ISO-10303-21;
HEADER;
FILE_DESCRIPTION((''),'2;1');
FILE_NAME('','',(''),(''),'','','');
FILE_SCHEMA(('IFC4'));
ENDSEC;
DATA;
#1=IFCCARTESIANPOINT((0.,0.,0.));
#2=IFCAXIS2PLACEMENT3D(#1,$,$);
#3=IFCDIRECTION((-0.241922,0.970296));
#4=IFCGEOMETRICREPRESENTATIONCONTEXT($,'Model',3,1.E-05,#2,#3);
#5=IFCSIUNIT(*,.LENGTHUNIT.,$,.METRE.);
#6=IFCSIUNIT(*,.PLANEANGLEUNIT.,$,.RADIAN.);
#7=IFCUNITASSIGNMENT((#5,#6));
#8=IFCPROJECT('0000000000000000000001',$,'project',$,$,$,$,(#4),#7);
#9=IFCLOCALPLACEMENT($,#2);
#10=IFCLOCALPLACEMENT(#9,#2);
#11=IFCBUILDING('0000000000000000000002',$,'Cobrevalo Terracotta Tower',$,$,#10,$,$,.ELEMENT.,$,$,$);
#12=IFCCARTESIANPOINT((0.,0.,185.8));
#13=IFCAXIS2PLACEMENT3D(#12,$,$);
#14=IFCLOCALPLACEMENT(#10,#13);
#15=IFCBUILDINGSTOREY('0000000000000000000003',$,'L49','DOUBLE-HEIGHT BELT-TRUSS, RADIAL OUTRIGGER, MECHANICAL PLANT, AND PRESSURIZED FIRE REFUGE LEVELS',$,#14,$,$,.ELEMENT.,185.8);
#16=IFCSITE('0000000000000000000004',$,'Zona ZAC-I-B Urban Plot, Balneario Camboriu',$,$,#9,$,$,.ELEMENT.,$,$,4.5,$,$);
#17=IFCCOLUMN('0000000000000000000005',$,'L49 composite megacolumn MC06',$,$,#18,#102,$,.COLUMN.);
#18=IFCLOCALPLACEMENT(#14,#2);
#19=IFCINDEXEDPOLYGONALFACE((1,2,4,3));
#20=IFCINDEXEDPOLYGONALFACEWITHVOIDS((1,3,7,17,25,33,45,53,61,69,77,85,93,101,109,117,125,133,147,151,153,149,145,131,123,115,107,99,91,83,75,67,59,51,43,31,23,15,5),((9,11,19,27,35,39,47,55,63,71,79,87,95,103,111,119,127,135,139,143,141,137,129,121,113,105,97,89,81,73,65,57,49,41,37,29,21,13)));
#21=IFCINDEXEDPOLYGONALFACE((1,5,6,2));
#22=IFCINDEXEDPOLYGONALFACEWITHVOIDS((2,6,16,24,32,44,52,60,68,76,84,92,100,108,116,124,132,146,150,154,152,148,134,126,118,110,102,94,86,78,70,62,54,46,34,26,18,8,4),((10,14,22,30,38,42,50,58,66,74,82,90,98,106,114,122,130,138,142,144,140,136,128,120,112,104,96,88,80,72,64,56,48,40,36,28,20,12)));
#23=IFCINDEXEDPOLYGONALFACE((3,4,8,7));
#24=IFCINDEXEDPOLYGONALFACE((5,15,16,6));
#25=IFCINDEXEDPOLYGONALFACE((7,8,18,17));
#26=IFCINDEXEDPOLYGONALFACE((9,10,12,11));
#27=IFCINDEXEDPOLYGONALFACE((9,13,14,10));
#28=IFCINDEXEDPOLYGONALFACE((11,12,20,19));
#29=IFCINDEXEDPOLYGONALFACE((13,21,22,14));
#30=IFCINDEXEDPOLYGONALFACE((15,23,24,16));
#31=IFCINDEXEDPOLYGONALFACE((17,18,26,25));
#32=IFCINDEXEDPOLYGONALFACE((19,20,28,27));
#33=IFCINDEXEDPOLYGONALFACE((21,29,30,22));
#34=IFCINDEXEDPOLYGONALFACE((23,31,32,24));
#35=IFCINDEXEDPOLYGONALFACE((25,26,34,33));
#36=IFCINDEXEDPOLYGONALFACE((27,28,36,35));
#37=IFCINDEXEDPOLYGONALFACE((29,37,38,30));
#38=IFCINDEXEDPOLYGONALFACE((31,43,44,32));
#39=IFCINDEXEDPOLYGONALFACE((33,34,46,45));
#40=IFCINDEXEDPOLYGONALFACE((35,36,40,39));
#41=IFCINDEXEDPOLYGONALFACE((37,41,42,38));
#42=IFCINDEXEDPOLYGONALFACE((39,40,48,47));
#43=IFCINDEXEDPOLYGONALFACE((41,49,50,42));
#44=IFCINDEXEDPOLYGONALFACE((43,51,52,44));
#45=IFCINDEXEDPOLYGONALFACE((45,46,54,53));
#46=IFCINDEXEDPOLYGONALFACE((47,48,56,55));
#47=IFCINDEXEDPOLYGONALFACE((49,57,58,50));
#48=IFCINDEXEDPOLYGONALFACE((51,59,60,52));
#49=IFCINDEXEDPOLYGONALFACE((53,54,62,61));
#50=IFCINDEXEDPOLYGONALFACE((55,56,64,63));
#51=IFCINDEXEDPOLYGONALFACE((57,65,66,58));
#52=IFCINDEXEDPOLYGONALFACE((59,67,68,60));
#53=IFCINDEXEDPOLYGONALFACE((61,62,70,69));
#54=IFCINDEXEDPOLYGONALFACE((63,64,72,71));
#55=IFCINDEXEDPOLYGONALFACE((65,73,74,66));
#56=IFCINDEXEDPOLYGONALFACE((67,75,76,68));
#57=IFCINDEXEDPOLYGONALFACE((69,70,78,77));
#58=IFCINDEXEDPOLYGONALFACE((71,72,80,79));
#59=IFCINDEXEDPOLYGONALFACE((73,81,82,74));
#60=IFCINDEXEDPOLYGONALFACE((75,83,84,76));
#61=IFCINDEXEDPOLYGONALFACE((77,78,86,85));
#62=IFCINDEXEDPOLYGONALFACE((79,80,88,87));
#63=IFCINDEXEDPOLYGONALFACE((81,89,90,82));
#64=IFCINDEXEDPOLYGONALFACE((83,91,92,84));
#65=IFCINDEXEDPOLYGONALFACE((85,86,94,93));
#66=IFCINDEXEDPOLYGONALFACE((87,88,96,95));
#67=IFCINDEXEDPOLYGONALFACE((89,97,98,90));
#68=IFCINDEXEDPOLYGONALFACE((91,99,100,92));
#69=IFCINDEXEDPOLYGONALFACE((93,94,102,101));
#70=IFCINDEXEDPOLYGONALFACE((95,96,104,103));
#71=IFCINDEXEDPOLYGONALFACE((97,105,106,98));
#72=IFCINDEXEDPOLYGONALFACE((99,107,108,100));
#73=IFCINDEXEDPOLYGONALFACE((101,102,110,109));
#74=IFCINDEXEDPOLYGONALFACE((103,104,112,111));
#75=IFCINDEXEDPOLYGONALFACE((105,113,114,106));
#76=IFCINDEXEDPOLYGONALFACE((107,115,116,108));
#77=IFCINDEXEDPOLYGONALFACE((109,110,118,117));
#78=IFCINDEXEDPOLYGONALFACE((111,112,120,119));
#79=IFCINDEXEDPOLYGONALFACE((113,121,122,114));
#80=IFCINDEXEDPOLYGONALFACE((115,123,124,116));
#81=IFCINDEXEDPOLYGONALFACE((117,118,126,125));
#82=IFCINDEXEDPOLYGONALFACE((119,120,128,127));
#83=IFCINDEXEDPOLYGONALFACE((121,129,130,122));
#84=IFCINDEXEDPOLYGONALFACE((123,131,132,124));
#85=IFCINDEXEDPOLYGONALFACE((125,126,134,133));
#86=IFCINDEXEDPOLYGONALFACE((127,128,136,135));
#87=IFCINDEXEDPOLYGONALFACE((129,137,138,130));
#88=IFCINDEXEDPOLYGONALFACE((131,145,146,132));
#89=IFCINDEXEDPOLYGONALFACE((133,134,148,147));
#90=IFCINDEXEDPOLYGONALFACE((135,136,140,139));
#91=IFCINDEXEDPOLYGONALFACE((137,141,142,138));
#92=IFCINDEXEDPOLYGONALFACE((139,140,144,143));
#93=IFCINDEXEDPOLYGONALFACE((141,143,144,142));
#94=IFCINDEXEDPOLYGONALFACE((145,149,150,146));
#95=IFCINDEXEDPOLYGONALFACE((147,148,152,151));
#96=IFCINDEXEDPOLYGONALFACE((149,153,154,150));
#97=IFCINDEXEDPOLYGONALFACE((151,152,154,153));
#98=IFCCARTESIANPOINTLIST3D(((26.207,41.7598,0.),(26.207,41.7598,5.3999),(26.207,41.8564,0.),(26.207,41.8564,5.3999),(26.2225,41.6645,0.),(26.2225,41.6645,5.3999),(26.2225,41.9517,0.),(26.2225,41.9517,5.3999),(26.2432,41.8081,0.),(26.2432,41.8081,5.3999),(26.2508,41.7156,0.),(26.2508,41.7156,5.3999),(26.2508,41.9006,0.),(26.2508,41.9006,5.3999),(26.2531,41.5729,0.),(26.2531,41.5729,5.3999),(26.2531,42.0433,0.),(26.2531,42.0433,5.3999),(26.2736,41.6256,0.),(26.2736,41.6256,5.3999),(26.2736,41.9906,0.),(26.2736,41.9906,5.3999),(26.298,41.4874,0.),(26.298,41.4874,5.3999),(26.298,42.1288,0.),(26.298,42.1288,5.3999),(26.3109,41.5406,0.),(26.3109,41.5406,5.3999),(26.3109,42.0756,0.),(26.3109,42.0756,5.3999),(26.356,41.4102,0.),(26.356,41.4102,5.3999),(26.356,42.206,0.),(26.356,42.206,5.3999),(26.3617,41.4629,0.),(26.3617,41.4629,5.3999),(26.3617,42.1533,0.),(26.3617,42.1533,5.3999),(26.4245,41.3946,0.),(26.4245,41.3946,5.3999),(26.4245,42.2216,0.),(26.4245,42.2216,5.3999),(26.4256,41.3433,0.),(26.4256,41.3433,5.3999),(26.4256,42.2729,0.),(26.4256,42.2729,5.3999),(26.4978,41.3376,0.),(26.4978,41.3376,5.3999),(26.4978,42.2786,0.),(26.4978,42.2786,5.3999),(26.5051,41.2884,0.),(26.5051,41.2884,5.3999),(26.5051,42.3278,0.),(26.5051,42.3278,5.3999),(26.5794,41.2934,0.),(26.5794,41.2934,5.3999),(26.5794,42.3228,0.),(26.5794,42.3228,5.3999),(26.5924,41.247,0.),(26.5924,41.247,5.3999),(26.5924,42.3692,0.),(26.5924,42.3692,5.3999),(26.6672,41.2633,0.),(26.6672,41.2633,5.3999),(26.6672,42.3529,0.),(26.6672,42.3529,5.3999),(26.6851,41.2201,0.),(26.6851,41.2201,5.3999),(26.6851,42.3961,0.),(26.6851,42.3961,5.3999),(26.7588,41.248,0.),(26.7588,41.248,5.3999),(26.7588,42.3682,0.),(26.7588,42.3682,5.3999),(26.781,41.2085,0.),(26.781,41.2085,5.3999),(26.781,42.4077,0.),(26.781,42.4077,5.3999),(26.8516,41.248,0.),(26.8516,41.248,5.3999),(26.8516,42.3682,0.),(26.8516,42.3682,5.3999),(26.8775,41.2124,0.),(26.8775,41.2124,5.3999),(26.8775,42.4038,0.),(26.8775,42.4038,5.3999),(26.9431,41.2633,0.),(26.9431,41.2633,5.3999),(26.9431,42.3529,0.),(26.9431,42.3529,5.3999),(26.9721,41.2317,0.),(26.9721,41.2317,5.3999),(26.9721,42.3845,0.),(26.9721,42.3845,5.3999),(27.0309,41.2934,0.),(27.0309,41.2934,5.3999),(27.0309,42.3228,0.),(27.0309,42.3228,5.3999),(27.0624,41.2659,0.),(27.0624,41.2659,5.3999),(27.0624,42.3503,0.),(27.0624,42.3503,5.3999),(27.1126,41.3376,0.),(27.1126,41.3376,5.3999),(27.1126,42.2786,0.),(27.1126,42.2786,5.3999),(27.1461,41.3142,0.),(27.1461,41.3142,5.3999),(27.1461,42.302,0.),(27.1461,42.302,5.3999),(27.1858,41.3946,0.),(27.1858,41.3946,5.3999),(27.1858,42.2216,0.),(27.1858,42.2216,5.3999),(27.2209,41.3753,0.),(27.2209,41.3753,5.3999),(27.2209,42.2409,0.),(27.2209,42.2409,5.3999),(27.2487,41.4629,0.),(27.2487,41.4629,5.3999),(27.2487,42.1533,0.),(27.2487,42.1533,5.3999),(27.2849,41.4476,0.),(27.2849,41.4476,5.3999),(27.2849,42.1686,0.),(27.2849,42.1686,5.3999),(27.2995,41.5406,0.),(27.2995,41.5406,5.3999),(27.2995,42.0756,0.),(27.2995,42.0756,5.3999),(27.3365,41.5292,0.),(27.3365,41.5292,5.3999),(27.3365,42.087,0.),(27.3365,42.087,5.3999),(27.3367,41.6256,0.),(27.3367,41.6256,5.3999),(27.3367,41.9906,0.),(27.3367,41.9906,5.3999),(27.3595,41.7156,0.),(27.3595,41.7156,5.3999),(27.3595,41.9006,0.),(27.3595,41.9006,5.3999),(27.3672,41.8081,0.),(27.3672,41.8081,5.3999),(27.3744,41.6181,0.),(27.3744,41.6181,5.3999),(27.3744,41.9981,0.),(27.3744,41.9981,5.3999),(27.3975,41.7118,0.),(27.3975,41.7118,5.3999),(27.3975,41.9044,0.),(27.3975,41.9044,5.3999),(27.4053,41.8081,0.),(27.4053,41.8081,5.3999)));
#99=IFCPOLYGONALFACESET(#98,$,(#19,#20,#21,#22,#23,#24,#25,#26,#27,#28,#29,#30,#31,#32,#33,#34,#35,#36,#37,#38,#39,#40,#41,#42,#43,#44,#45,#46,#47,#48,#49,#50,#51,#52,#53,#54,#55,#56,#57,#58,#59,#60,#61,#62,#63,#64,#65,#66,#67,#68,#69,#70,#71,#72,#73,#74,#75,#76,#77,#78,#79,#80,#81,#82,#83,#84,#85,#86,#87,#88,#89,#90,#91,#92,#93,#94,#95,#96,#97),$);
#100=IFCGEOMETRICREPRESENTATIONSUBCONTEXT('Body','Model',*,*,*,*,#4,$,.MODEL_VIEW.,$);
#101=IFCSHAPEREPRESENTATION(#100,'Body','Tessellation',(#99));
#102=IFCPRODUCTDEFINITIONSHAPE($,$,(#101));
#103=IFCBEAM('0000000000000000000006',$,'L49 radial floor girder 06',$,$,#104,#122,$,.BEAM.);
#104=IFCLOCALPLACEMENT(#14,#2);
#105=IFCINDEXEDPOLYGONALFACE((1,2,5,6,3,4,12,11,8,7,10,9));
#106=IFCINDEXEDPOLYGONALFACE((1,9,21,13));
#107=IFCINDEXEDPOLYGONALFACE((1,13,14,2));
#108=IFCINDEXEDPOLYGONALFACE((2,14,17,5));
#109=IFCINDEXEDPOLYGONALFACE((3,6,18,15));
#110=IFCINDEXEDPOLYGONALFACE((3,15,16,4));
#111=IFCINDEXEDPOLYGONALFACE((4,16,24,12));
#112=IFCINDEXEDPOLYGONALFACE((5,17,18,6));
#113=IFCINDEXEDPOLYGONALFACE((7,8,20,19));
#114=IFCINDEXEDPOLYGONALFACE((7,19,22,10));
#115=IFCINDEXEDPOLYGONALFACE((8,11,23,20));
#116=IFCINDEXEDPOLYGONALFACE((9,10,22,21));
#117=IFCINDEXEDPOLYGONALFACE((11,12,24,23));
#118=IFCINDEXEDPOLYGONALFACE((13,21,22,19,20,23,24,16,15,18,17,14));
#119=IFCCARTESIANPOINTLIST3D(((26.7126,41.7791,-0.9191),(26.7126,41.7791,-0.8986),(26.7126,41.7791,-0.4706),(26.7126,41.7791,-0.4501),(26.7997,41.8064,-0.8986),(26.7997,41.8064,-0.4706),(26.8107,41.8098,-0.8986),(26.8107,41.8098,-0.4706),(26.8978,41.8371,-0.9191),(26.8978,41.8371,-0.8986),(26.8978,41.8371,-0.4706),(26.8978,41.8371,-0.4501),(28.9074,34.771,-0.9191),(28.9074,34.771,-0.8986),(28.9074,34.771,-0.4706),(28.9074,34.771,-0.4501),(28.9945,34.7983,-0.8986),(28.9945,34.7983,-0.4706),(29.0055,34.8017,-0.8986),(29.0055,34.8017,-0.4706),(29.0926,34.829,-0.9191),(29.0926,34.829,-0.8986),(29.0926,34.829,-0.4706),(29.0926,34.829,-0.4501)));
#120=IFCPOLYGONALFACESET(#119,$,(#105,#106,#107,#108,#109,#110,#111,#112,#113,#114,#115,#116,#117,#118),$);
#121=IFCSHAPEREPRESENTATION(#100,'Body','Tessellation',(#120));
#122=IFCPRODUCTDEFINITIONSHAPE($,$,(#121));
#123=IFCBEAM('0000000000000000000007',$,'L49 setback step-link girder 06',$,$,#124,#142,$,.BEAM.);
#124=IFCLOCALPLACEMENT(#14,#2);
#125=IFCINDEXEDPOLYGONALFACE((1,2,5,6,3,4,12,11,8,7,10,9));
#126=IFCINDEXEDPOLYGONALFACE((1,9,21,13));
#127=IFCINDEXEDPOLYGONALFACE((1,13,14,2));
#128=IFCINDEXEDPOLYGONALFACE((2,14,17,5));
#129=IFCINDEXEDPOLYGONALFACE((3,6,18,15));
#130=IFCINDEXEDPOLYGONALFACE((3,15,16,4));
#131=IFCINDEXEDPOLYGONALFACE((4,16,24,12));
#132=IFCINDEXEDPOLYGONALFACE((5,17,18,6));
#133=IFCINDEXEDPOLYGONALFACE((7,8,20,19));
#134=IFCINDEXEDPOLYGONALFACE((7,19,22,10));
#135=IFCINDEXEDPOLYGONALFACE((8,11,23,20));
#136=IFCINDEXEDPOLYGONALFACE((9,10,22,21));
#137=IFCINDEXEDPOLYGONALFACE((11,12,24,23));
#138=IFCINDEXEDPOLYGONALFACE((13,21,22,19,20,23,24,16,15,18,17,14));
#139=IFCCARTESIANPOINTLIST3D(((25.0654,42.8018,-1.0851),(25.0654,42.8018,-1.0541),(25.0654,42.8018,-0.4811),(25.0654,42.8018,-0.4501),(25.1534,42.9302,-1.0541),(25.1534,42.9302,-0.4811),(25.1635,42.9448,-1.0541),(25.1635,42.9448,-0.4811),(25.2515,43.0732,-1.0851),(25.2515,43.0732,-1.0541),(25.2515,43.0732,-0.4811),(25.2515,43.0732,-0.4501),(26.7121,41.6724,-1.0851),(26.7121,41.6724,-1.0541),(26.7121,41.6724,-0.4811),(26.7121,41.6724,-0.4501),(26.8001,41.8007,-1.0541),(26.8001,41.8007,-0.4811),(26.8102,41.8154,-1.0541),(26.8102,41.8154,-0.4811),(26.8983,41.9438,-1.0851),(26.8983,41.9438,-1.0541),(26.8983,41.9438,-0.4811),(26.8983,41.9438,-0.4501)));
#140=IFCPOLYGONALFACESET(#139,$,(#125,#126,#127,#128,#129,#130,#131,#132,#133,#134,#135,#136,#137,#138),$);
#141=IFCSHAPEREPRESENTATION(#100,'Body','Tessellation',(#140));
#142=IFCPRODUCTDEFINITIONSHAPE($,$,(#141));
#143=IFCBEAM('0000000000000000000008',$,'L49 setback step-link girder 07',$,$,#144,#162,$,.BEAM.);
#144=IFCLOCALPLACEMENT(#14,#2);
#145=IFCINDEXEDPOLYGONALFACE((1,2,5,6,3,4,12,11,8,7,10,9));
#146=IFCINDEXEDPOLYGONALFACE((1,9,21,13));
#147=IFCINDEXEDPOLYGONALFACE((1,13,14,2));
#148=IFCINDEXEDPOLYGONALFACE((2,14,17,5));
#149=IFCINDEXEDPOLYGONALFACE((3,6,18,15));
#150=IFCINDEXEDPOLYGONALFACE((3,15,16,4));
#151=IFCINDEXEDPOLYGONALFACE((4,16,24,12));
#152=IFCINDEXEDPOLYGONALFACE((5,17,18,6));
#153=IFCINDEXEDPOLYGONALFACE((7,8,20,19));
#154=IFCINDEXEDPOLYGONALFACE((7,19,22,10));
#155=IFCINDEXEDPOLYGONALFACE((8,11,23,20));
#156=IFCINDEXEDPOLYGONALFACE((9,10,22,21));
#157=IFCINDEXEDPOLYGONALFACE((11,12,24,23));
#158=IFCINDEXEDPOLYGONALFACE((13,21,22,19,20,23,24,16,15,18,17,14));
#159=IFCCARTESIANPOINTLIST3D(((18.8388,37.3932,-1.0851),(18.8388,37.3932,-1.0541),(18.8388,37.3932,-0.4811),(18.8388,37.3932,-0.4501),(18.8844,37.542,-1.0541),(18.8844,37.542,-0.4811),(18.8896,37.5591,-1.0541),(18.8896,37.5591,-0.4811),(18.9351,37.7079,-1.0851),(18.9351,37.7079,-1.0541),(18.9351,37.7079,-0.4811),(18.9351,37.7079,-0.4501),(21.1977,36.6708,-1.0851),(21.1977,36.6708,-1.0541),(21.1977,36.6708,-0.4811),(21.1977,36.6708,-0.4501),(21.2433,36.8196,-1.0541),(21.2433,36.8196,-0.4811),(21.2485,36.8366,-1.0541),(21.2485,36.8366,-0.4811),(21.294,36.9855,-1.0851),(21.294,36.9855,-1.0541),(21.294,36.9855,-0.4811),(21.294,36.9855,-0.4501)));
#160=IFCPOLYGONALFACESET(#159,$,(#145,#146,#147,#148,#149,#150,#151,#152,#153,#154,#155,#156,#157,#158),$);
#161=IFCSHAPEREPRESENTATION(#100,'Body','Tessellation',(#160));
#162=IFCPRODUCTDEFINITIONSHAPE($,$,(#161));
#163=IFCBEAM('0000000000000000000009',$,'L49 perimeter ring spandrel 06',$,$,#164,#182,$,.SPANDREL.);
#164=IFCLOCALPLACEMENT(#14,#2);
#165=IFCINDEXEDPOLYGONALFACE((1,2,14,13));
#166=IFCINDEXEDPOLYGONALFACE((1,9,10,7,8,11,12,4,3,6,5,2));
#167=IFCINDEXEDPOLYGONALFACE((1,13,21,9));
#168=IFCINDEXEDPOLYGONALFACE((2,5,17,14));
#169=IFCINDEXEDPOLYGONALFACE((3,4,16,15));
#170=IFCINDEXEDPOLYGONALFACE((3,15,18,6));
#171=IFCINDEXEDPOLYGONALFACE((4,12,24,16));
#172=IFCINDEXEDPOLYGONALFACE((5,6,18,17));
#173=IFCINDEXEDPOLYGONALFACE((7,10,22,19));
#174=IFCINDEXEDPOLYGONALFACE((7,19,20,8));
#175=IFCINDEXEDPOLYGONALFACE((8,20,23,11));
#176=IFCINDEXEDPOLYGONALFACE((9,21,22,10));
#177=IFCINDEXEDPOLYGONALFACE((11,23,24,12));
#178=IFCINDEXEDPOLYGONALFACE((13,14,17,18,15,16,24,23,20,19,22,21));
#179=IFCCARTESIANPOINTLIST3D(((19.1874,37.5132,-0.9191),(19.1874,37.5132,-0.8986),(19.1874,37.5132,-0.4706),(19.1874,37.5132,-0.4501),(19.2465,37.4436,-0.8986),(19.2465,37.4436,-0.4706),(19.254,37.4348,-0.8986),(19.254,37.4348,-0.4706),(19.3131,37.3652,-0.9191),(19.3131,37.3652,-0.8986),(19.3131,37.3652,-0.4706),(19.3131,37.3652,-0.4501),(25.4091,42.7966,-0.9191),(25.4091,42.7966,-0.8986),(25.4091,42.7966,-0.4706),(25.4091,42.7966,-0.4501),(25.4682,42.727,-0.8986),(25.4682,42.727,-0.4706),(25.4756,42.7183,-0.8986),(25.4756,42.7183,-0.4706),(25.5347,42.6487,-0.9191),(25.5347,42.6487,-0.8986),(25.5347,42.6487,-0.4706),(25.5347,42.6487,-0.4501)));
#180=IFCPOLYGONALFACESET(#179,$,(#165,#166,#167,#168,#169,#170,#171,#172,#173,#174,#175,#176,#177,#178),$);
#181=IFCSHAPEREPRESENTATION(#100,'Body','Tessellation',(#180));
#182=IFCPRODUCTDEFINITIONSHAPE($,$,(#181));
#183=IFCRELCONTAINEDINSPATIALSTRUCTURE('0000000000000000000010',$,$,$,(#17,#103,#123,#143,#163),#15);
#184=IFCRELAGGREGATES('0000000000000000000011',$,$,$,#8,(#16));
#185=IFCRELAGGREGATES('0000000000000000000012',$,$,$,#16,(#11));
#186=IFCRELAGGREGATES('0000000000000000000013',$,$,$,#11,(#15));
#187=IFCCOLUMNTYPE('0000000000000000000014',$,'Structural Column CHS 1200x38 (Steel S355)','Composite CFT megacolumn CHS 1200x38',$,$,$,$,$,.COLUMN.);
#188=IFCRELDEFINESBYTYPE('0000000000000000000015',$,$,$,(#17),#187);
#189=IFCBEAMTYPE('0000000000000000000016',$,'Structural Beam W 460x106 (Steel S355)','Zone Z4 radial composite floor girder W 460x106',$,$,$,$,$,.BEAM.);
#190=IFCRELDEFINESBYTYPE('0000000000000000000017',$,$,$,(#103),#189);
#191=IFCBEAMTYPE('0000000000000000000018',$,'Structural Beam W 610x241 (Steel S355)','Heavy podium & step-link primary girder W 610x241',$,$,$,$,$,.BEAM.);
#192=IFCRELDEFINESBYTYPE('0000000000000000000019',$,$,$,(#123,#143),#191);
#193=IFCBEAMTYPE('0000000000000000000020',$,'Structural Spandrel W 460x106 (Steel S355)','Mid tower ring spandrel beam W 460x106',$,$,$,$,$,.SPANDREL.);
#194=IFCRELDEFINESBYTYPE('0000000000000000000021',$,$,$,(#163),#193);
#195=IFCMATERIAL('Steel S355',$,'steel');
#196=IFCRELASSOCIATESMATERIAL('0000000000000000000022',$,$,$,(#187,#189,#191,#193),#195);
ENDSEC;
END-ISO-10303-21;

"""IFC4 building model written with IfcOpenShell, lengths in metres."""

from ifc_helpers import new_model, si_unit, direction, frame, origin, origin_2d, place, context, subcontext, project, spatial, hollow_circle, i_section, extrude, material, material_profile, profile_set, type_object, element, save


model = new_model("IFC4")

# Units and contexts
model_context = context("Model", 3, precision=1e-05, world=origin(), true_north=direction((-0.241922, 0.970296)))
body_context = subcontext(model_context, "Body", "Model", "MODEL_VIEW")
ifc_project = project(units=[si_unit("LENGTHUNIT", "METRE"), si_unit("PLANEANGLEUNIT", "RADIAN")], contexts=[model_context])

# Site, building, storey
site_placement = place(None, origin())
site = spatial("IfcSite", under=ifc_project, at=site_placement, Name="Zona ZAC-I-B Urban Plot, Balneario Camboriu", CompositionType="ELEMENT", RefElevation=4.5)
building_placement = place(site_placement, origin())
building = spatial("IfcBuilding", under=site, at=building_placement, Name="Cobrevalo Terracotta Tower", CompositionType="ELEMENT")
storey_placement = place(building_placement, frame((0.0, 0.0, 185.8)))
storey = spatial("IfcBuildingStorey", under=building, at=storey_placement, Name="L49", Description="DOUBLE-HEIGHT BELT-TRUSS, RADIAL OUTRIGGER, MECHANICAL PLANT, AND PRESSURIZED FIRE REFUGE LEVELS", CompositionType="ELEMENT", Elevation=185.8)

# Column
ifc_material_1 = material(Name="Steel S355", Category="steel")
ifc_material_profile_1 = material_profile(ifc_material_1, hollow_circle(Radius=0.6001, WallThickness=0.0381, at=origin_2d()), Name="CHS 1200x38")
ifc_profile_set_1 = profile_set([ifc_material_profile_1], Name="Steel S355")
column_type = type_object("IfcColumnType", Name="Structural Column CHS 1200x38 (Steel S355)", Description="Composite CFT megacolumn CHS 1200x38", PredefinedType="COLUMN", material=ifc_profile_set_1)
column_placement = place(storey_placement, frame((26.8052, 41.8081, 0.0), z_axis=(0.0, 0.0, 1.0), x_axis=(1.0, 0.0, 0.0)))
element("IfcColumn", 1, at=column_placement, inside=storey, type_object=column_type, Name="L49 composite megacolumn MC06", PredefinedType="COLUMN", context=body_context, shape_type="SweptSolid", body=[
    extrude(hollow_circle(Radius=0.6001, WallThickness=0.0381, at=origin_2d()), origin(), (0.0, 0.0, 1.0), 5.3999),
])

# Beams
ifc_material_profile_2 = material_profile(ifc_material_1, i_section(OverallWidth=0.1941, OverallDepth=0.469, WebThickness=0.0115, FlangeThickness=0.0205, at=origin_2d()), Name="W 460x106")
ifc_profile_set_2 = profile_set([ifc_material_profile_2], Name="Steel S355")
beam_type_1 = type_object("IfcBeamType", Name="Structural Beam W 460x106 (Steel S355)", Description="Zone Z4 radial composite floor girder W 460x106", PredefinedType="BEAM", material=ifc_profile_set_2)
beam_1_placement = place(storey_placement, frame((26.8052, 41.8081, -0.6846), z_axis=(0.298871, -0.954293, 0.0), x_axis=(0.954293, 0.298871, 0.0)))
element("IfcBeam", 2, at=beam_1_placement, inside=storey, type_object=beam_type_1, Name="L49 radial floor girder 06", PredefinedType="BEAM", context=body_context, shape_type="SweptSolid", body=[
    extrude(i_section(OverallWidth=0.1941, OverallDepth=0.469, WebThickness=0.0115, FlangeThickness=0.0205, at=origin_2d()), origin(), (0.0, 0.0, 1.0), 7.3438),
])
ifc_material_profile_3 = material_profile(ifc_material_1, i_section(OverallWidth=0.3291, OverallDepth=0.635, WebThickness=0.0178, FlangeThickness=0.031, at=origin_2d()), Name="W 610x241")
ifc_profile_set_3 = profile_set([ifc_material_profile_3], Name="Steel S355")
beam_type_2 = type_object("IfcBeamType", Name="Structural Beam W 610x241 (Steel S355)", Description="Heavy podium & step-link primary girder W 610x241", PredefinedType="BEAM", material=ifc_profile_set_3)
beam_2_placement = place(storey_placement, frame((25.1584, 42.9375, -0.7676), z_axis=(0.82468, -0.5656, 0.0), x_axis=(0.5656, 0.82468, 0.0)))
element("IfcBeam", 3, at=beam_2_placement, inside=storey, type_object=beam_type_2, Name="L49 setback step-link girder 06", PredefinedType="BEAM", context=body_context, shape_type="SweptSolid", body=[
    extrude(i_section(OverallWidth=0.3291, OverallDepth=0.635, WebThickness=0.0178, FlangeThickness=0.031, at=origin_2d()), origin(), (0.0, 0.0, 1.0), 1.9968),
])
beam_3_placement = place(storey_placement, frame((18.887, 37.5505, -0.7676), z_axis=(0.956165, -0.292827, 0.0), x_axis=(0.292827, 0.956165, 0.0)))
element("IfcBeam", 4, at=beam_3_placement, inside=storey, type_object=beam_type_2, Name="L49 setback step-link girder 07", PredefinedType="BEAM", context=body_context, shape_type="SweptSolid", body=[
    extrude(i_section(OverallWidth=0.3291, OverallDepth=0.635, WebThickness=0.0178, FlangeThickness=0.031, at=origin_2d()), origin(), (0.0, 0.0, 1.0), 2.467),
])
ifc_material_profile_4 = material_profile(ifc_material_1, i_section(OverallWidth=0.1941, OverallDepth=0.469, WebThickness=0.0115, FlangeThickness=0.0205, at=origin_2d()), Name="W 460x106")
ifc_profile_set_4 = profile_set([ifc_material_profile_4], Name="Steel S355")
beam_type_3 = type_object("IfcBeamType", Name="Structural Spandrel W 460x106 (Steel S355)", Description="Mid tower ring spandrel beam W 460x106", PredefinedType="SPANDREL", material=ifc_profile_set_4)
beam_4_placement = place(storey_placement, frame((25.4719, 42.7227, -0.6846), z_axis=(-0.76224, -0.647294, 0.0), x_axis=(0.647294, -0.76224, 0.0)))
element("IfcBeam", 5, at=beam_4_placement, inside=storey, type_object=beam_type_3, Name="L49 perimeter ring spandrel 06", PredefinedType="SPANDREL", context=body_context, shape_type="SweptSolid", body=[
    extrude(i_section(OverallWidth=0.1941, OverallDepth=0.469, WebThickness=0.0115, FlangeThickness=0.0205, at=origin_2d()), origin(), (0.0, 0.0, 1.0), 8.1624),
])

save(model, "model.ifc")
